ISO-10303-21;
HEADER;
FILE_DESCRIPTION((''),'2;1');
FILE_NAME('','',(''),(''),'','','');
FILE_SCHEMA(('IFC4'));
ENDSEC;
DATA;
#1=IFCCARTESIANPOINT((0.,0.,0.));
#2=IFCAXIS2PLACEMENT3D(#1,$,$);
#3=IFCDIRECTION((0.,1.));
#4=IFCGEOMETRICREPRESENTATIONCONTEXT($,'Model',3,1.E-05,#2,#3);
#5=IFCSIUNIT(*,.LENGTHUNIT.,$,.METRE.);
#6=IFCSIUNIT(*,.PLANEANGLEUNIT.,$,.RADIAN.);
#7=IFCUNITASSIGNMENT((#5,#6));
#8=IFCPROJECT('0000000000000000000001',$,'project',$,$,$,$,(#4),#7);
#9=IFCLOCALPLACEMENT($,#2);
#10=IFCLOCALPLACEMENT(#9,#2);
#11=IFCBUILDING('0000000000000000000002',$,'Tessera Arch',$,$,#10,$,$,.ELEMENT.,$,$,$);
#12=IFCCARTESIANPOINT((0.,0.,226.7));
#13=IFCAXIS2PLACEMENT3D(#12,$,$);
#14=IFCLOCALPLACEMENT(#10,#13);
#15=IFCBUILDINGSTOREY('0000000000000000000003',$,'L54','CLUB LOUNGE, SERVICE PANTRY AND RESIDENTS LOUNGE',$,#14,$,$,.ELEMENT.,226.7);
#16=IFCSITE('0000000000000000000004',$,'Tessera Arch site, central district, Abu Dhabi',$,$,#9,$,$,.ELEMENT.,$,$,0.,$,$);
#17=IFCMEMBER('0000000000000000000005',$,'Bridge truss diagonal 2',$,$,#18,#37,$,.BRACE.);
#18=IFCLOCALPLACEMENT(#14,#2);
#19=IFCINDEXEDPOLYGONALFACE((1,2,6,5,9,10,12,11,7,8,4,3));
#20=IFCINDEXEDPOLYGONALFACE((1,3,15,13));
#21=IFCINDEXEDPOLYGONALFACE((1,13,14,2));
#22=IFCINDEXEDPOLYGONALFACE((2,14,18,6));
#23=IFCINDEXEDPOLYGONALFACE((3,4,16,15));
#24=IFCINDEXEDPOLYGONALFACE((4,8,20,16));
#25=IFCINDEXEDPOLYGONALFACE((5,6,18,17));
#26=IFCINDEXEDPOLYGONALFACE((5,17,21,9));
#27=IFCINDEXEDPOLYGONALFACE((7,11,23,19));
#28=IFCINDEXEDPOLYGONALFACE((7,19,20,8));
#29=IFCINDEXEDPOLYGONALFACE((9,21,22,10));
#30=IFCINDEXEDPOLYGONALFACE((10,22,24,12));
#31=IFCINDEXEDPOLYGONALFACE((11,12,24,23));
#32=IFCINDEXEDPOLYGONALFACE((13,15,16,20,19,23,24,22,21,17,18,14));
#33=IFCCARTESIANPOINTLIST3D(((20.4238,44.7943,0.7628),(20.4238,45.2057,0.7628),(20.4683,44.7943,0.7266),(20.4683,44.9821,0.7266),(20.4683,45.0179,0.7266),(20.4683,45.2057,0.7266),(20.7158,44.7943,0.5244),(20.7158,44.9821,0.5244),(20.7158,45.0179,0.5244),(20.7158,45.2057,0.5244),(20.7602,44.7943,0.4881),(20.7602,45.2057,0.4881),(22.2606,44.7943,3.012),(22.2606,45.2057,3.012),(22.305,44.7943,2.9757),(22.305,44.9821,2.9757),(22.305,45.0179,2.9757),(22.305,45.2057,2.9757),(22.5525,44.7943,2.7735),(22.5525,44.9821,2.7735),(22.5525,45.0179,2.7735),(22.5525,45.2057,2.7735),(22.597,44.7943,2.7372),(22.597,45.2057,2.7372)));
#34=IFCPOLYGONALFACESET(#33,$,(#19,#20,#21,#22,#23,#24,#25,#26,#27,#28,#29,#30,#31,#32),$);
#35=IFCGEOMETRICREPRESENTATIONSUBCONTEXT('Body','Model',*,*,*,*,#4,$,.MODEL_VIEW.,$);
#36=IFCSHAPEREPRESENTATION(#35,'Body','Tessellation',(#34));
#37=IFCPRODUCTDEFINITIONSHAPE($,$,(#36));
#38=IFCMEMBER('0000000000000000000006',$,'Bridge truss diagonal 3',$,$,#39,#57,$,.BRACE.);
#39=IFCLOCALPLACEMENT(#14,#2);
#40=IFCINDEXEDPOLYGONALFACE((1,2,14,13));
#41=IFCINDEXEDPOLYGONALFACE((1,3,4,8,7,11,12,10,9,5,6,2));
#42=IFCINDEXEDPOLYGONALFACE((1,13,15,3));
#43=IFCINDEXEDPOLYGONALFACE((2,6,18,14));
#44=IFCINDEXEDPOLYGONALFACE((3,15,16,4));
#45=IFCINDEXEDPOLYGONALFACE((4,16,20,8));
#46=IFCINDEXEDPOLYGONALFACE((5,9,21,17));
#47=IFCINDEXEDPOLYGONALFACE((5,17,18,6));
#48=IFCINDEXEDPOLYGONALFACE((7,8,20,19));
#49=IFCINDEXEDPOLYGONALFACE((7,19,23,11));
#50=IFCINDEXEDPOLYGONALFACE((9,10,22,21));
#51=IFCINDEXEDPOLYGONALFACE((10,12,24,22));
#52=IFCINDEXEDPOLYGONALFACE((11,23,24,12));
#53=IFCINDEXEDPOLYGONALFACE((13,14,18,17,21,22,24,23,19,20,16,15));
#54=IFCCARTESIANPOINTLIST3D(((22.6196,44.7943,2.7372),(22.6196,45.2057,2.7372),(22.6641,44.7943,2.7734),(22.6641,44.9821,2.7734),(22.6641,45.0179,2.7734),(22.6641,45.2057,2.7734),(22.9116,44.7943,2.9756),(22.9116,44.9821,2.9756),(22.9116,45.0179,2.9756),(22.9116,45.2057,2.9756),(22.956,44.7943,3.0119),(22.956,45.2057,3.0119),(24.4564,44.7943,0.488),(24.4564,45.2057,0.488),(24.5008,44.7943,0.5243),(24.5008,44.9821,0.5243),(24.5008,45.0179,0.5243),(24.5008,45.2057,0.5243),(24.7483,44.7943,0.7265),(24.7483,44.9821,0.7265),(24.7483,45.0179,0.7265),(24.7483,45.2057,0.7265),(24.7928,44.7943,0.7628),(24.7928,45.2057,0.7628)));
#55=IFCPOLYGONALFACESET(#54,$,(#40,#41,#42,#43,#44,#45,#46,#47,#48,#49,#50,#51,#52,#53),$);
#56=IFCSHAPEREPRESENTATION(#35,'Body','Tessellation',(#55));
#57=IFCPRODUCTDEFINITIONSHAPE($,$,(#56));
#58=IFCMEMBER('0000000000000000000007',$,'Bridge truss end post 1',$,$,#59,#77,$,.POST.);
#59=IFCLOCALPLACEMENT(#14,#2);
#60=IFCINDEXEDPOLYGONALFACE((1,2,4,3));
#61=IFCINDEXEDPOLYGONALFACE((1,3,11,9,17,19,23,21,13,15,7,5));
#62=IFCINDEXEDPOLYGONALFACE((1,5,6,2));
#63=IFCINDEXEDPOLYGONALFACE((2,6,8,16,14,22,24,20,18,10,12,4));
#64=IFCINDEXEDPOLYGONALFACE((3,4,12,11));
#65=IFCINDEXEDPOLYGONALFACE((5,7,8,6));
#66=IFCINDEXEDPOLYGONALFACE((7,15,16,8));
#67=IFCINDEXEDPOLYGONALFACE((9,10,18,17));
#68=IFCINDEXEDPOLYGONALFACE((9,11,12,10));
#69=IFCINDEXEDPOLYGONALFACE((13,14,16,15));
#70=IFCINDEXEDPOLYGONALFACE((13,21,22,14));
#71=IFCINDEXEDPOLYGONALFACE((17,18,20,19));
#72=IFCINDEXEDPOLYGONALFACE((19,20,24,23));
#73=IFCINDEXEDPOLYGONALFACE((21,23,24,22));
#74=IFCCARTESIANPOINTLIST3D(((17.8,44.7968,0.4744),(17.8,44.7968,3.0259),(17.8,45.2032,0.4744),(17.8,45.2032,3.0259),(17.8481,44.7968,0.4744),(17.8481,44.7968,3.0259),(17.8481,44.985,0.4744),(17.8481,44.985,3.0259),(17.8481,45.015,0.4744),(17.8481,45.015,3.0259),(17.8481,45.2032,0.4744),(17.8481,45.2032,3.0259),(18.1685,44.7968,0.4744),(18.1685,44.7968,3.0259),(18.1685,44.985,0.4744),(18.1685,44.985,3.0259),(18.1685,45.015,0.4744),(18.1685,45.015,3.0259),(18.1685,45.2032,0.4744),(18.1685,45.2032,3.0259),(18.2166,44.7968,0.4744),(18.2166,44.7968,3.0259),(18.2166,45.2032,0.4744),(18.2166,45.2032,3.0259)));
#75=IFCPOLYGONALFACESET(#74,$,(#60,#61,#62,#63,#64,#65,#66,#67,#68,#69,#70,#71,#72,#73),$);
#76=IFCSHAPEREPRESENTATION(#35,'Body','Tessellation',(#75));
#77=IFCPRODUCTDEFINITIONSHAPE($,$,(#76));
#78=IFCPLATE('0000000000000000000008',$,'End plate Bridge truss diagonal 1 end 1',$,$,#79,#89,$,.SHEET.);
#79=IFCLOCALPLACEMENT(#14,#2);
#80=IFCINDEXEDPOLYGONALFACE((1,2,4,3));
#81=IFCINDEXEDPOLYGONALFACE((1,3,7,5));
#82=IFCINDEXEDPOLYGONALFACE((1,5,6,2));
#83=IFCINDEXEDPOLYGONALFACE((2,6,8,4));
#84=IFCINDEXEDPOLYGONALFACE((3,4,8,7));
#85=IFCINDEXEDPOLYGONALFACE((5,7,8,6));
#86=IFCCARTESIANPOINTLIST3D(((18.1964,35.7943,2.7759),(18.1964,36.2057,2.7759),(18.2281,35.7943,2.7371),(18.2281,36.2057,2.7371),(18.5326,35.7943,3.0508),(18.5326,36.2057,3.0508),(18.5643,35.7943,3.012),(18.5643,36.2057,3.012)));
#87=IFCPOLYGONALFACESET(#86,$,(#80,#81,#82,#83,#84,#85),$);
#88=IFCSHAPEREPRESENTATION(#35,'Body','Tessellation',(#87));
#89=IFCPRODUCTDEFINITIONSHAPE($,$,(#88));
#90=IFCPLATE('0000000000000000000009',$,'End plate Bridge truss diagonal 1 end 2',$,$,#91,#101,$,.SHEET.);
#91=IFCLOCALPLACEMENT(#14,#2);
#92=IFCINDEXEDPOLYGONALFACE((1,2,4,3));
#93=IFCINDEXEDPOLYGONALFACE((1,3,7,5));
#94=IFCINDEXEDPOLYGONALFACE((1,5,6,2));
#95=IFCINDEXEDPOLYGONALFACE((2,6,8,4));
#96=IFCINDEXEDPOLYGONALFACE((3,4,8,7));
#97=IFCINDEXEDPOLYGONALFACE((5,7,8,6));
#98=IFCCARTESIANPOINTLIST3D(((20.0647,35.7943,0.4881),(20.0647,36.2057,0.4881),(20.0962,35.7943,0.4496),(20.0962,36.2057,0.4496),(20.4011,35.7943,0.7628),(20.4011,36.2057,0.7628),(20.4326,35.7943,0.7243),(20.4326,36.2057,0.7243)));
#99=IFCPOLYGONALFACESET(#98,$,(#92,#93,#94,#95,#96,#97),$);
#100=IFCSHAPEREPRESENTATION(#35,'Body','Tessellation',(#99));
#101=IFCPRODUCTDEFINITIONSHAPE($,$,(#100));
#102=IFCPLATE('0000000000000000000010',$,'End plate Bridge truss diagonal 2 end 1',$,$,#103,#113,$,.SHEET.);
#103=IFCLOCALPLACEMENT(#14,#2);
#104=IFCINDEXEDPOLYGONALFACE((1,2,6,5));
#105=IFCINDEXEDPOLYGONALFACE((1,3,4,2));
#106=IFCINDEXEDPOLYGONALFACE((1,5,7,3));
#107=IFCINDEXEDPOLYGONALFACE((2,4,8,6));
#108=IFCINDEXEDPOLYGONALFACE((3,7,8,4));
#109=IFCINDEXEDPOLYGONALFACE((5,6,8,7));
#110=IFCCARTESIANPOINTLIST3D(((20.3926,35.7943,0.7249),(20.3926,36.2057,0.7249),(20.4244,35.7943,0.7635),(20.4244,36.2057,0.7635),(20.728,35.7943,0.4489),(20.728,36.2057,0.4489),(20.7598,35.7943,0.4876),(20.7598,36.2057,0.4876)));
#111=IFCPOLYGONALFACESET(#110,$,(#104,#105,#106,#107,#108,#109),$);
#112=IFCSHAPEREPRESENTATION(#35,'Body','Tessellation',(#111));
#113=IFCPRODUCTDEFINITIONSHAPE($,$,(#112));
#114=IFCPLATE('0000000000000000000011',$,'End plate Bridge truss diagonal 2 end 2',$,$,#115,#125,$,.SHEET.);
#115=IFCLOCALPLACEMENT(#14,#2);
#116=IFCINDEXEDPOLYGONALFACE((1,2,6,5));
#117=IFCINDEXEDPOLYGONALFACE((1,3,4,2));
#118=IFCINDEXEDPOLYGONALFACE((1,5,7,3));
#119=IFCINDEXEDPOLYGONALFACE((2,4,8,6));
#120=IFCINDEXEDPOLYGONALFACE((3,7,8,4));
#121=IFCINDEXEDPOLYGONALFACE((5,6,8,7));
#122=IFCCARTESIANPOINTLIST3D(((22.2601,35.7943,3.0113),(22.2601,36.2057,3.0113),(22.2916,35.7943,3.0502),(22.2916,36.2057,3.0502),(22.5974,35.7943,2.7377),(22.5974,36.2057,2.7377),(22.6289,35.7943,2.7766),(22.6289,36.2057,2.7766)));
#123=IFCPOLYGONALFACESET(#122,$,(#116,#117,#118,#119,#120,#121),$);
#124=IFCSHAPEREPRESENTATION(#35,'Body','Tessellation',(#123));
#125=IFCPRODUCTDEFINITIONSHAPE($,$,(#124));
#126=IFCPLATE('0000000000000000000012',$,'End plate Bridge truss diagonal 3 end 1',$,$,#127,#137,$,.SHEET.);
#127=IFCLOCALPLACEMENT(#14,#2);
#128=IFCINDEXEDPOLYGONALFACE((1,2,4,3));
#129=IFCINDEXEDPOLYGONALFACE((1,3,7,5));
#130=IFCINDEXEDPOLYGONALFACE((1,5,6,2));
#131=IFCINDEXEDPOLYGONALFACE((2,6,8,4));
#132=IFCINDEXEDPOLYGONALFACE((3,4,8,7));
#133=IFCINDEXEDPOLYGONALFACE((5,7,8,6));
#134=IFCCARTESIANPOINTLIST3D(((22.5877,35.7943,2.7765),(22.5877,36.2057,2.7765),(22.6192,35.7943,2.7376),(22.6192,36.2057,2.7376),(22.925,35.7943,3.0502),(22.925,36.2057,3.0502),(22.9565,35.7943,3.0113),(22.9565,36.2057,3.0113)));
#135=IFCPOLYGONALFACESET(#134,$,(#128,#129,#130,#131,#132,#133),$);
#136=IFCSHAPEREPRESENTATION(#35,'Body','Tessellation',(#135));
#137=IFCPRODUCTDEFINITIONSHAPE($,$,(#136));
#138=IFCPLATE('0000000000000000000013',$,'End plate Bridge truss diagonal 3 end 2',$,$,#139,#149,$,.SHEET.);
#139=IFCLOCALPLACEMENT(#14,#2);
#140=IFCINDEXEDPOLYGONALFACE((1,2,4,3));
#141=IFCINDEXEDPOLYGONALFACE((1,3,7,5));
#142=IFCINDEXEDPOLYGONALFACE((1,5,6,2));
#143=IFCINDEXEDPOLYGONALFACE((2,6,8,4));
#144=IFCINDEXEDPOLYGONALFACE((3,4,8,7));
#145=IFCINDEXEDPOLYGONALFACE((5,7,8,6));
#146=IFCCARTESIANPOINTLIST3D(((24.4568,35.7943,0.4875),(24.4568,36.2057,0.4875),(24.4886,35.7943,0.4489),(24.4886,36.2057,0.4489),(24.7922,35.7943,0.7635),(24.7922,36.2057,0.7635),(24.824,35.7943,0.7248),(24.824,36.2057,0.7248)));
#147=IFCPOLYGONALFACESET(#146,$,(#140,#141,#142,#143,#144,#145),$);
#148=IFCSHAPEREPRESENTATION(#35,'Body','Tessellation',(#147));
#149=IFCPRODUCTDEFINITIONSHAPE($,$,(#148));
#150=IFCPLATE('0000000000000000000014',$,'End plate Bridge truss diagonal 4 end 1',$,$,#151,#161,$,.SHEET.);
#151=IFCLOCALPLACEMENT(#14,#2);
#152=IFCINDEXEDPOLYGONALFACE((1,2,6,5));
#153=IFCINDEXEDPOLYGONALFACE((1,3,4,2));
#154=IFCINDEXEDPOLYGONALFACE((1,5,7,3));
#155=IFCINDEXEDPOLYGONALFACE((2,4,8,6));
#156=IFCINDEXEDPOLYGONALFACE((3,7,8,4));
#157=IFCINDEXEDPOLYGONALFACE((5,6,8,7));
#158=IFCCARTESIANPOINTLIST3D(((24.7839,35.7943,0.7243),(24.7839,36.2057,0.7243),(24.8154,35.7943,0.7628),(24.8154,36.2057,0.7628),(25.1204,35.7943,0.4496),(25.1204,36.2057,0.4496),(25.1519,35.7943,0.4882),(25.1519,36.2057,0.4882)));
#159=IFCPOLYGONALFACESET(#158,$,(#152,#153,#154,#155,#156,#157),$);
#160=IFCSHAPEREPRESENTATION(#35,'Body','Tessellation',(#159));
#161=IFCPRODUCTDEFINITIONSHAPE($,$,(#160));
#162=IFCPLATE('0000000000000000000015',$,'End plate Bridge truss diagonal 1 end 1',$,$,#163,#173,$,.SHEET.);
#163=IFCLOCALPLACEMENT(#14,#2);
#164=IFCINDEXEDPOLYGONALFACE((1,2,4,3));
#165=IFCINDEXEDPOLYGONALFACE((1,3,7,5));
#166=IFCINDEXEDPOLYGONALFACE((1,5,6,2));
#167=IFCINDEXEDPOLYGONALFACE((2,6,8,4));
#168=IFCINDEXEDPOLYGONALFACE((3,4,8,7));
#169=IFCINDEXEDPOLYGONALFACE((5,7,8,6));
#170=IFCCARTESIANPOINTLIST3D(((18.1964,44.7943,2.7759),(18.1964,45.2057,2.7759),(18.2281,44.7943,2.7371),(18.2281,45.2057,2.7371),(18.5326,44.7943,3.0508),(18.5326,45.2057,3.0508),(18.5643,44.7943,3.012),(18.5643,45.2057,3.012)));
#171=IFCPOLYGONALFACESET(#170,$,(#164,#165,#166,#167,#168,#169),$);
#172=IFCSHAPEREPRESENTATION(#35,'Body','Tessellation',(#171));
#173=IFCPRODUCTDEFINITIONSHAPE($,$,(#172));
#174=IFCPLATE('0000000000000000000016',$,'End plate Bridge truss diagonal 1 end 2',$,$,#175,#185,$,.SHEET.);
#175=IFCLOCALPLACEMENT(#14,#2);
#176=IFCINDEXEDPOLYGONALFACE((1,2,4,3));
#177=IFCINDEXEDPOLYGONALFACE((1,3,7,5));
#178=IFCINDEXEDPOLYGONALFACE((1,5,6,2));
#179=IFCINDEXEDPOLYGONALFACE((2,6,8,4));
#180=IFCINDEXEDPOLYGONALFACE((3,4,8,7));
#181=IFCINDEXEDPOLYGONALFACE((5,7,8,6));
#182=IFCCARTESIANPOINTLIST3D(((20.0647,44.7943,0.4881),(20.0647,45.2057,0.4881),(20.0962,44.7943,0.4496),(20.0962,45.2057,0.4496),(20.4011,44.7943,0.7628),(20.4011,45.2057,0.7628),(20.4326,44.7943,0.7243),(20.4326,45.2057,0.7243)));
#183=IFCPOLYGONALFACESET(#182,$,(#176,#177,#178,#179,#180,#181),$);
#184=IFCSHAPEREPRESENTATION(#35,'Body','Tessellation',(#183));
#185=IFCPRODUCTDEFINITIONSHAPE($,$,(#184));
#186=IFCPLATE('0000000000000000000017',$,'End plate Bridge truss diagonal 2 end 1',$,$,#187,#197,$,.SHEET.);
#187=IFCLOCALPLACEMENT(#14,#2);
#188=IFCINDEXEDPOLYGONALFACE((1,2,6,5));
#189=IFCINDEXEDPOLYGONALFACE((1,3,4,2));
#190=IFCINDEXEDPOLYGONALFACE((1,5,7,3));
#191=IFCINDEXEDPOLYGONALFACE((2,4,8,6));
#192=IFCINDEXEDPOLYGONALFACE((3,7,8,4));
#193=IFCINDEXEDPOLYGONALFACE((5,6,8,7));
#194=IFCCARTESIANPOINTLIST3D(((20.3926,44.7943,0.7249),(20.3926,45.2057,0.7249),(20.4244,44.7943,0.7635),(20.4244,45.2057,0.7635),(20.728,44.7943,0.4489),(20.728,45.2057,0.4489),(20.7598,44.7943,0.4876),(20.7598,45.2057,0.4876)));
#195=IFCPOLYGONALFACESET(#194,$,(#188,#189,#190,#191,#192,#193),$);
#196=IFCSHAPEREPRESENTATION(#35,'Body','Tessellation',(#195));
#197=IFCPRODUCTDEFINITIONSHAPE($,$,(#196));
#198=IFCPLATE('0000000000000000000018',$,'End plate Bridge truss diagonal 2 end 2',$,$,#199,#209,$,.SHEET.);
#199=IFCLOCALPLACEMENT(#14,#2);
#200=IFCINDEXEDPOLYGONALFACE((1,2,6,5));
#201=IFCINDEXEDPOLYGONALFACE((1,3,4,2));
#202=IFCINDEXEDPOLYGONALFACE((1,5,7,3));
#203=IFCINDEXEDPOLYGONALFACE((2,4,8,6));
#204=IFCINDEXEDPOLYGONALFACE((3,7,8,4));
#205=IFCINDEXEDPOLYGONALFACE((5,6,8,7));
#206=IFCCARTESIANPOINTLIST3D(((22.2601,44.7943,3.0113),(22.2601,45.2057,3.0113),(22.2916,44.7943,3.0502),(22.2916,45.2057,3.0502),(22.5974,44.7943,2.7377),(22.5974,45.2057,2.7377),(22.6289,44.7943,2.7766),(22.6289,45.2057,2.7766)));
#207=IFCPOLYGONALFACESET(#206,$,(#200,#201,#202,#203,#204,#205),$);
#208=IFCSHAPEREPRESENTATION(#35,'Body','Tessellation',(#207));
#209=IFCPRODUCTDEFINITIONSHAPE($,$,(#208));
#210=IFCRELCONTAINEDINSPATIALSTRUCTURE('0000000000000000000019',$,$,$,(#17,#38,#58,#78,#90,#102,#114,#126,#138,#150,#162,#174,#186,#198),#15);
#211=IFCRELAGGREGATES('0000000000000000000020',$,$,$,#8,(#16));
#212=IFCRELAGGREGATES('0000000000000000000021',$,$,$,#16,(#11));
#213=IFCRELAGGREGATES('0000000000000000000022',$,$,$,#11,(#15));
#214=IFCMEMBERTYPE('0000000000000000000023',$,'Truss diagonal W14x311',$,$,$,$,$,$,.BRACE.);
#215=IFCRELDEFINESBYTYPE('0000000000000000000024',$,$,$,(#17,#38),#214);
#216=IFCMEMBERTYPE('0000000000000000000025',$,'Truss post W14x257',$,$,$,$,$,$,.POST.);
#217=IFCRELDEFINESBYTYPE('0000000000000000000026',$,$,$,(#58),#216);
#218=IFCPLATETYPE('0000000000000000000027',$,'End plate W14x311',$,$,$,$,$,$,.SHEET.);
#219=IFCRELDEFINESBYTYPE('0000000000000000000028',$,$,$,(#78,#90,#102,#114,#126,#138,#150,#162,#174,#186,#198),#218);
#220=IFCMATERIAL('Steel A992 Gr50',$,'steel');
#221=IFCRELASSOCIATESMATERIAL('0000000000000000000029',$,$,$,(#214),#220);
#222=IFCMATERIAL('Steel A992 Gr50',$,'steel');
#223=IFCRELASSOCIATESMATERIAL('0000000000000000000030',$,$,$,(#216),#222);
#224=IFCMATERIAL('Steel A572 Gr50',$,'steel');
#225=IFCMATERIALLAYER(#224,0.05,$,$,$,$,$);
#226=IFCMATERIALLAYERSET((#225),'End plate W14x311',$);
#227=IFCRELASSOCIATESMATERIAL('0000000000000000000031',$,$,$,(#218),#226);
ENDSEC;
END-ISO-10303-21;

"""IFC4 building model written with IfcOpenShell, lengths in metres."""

from ifc_helpers import new_model, si_unit, direction, frame, origin, origin_2d, place, context, subcontext, project, spatial, rectangle, i_section, extrude, material, layer, layer_set, material_profile, profile_set, type_object, element, save


model = new_model("IFC4")

# Units and contexts
model_context = context("Model", 3, precision=1e-05, world=origin(), true_north=direction((0.0, 1.0)))
body_context = subcontext(model_context, "Body", "Model", "MODEL_VIEW")
ifc_project = project(units=[si_unit("LENGTHUNIT", "METRE"), si_unit("PLANEANGLEUNIT", "RADIAN")], contexts=[model_context])

# Site, building, storey
site_placement = place(None, origin())
site = spatial("IfcSite", under=ifc_project, at=site_placement, Name="Tessera Arch site, central district, Abu Dhabi", CompositionType="ELEMENT", RefElevation=0.0)
building_placement = place(site_placement, origin())
building = spatial("IfcBuilding", under=site, at=building_placement, Name="Tessera Arch", CompositionType="ELEMENT")
storey_placement = place(building_placement, frame((0.0, 0.0, 226.7)))
storey = spatial("IfcBuildingStorey", under=building, at=storey_placement, Name="L54", Description="CLUB LOUNGE, SERVICE PANTRY AND RESIDENTS LOUNGE", CompositionType="ELEMENT", Elevation=226.7)

# Members
ifc_material_1 = material(Name="Steel A992 Gr50", Category="steel")
ifc_material_profile_1 = material_profile(ifc_material_1, i_section(OverallWidth=0.4114, OverallDepth=0.4343, WebThickness=0.0359, FlangeThickness=0.0574, at=origin_2d()), Name="W14x311")
ifc_profile_set_1 = profile_set([ifc_material_profile_1], Name="Steel A992 Gr50")
member_type_1 = type_object("IfcMemberType", Name="Truss diagonal W14x311", PredefinedType="BRACE", material=ifc_profile_set_1)
for number, where, z_axis, x_axis, name in (
    (1, (20.592, 45.0, 0.6255), (0.632528, 0.0, 0.774538), (0.0, 1.0, 0.0), "Bridge truss diagonal 2"),
    (2, (22.7878, 45.0, 2.8745), (0.632528, 0.0, -0.774538), (0.0, 1.0, 0.0), "Bridge truss diagonal 3"),
):
    element("IfcMember", number, at=place(storey_placement, frame(where, z_axis=z_axis, x_axis=x_axis)), inside=storey, type_object=member_type_1, Name=name, PredefinedType="BRACE", context=body_context, shape_type="SweptSolid", body=[
        extrude(i_section(OverallWidth=0.4114, OverallDepth=0.4343, WebThickness=0.0359, FlangeThickness=0.0574, at=origin_2d()), origin(), (0.0, 0.0, 1.0), 2.9038),
    ])
ifc_material_2 = material(Name="Steel A992 Gr50", Category="steel")
ifc_material_profile_2 = material_profile(ifc_material_2, i_section(OverallWidth=0.4065, OverallDepth=0.4165, WebThickness=0.03, FlangeThickness=0.0481, at=origin_2d()), Name="W14x257")
ifc_profile_set_2 = profile_set([ifc_material_profile_2], Name="Steel A992 Gr50")
member_type_2 = type_object("IfcMemberType", Name="Truss post W14x257", PredefinedType="POST", material=ifc_profile_set_2)
member_1_placement = place(storey_placement, frame((18.0083, 45.0, 0.4744), z_axis=(0.0, 0.0, 1.0), x_axis=(0.0, 1.0, 0.0)))
element("IfcMember", 3, at=member_1_placement, inside=storey, type_object=member_type_2, Name="Bridge truss end post 1", PredefinedType="POST", context=body_context, shape_type="SweptSolid", body=[
    extrude(i_section(OverallWidth=0.4065, OverallDepth=0.4165, WebThickness=0.03, FlangeThickness=0.0481, at=origin_2d()), origin(), (0.0, 0.0, 1.0), 2.5515),
])

# Plates
ifc_material_3 = material(Name="Steel A572 Gr50", Category="steel")
ifc_layer_1 = layer(ifc_material_3, 0.05)
ifc_layer_set_1 = layer_set([ifc_layer_1], Name="End plate W14x311")
plate_type = type_object("IfcPlateType", Name="End plate W14x311", PredefinedType="SHEET", material=ifc_layer_set_1)
plate_1_placement = place(storey_placement, frame((18.3645, 36.0, 2.9133), z_axis=(0.632973, 0.0, -0.774174), x_axis=(0.0, 1.0, 0.0)))
element("IfcPlate", 4, at=plate_1_placement, inside=storey, type_object=plate_type, Name="End plate Bridge truss diagonal 1 end 1", PredefinedType="SHEET", context=body_context, shape_type="SweptSolid", body=[
    extrude(rectangle(XDim=0.4114, YDim=0.4343, at=origin_2d()), origin(), (0.0, 0.0, 1.0), 0.05),
])
plate_2_placement = place(storey_placement, frame((20.2329, 36.0, 0.6255), z_axis=(0.632437, 0.0, -0.774612), x_axis=(0.0, 1.0, 0.0)))
element("IfcPlate", 5, at=plate_2_placement, inside=storey, type_object=plate_type, Name="End plate Bridge truss diagonal 1 end 2", PredefinedType="SHEET", context=body_context, shape_type="SweptSolid", body=[
    extrude(rectangle(XDim=0.4114, YDim=0.4343, at=origin_2d()), origin(), (0.0, 0.0, 1.0), 0.0498),
])
for number, where, z_axis, x_axis, name in (
    (6, (20.5603, 36.0, 0.5869), (0.635365, 0.0, 0.772212), (0.0, 1.0, 0.0), "End plate Bridge truss diagonal 2 end 1"),
    (7, (22.4287, 36.0, 2.8745), (0.630041, 0.0, 0.776562), (0.0, 1.0, 0.0), "End plate Bridge truss diagonal 2 end 2"),
    (8, (22.7563, 36.0, 2.9133), (0.630041, 0.0, -0.776562), (0.0, 1.0, 0.0), "End plate Bridge truss diagonal 3 end 1"),
    (9, (24.6245, 36.0, 0.6255), (0.635365, 0.0, -0.772212), (0.0, 1.0, 0.0), "End plate Bridge truss diagonal 3 end 2"),
):
    element("IfcPlate", number, at=place(storey_placement, frame(where, z_axis=z_axis, x_axis=x_axis)), inside=storey, type_object=plate_type, Name=name, PredefinedType="SHEET", context=body_context, shape_type="SweptSolid", body=[
        extrude(rectangle(XDim=0.4114, YDim=0.4343, at=origin_2d()), origin(), (0.0, 0.0, 1.0), 0.05),
    ])
plate_3_placement = place(storey_placement, frame((24.9521, 36.0, 0.5869), z_axis=(0.632437, 0.0, 0.774612), x_axis=(0.0, 1.0, 0.0)))
element("IfcPlate", 10, at=plate_3_placement, inside=storey, type_object=plate_type, Name="End plate Bridge truss diagonal 4 end 1", PredefinedType="SHEET", context=body_context, shape_type="SweptSolid", body=[
    extrude(rectangle(XDim=0.4114, YDim=0.4343, at=origin_2d()), origin(), (0.0, 0.0, 1.0), 0.0498),
])
plate_4_placement = place(storey_placement, frame((18.3645, 45.0, 2.9133), z_axis=(0.632973, 0.0, -0.774174), x_axis=(0.0, 1.0, 0.0)))
element("IfcPlate", 11, at=plate_4_placement, inside=storey, type_object=plate_type, Name="End plate Bridge truss diagonal 1 end 1", PredefinedType="SHEET", context=body_context, shape_type="SweptSolid", body=[
    extrude(rectangle(XDim=0.4114, YDim=0.4343, at=origin_2d()), origin(), (0.0, 0.0, 1.0), 0.05),
])
plate_5_placement = place(storey_placement, frame((20.2329, 45.0, 0.6255), z_axis=(0.632437, 0.0, -0.774612), x_axis=(0.0, 1.0, 0.0)))
element("IfcPlate", 12, at=plate_5_placement, inside=storey, type_object=plate_type, Name="End plate Bridge truss diagonal 1 end 2", PredefinedType="SHEET", context=body_context, shape_type="SweptSolid", body=[
    extrude(rectangle(XDim=0.4114, YDim=0.4343, at=origin_2d()), origin(), (0.0, 0.0, 1.0), 0.0498),
])
for number, where, z_axis, x_axis, name in (
    (13, (20.5603, 45.0, 0.5869), (0.635365, 0.0, 0.772212), (0.0, 1.0, 0.0), "End plate Bridge truss diagonal 2 end 1"),
    (14, (22.4287, 45.0, 2.8745), (0.630041, 0.0, 0.776562), (0.0, 1.0, 0.0), "End plate Bridge truss diagonal 2 end 2"),
):
    element("IfcPlate", number, at=place(storey_placement, frame(where, z_axis=z_axis, x_axis=x_axis)), inside=storey, type_object=plate_type, Name=name, PredefinedType="SHEET", context=body_context, shape_type="SweptSolid", body=[
        extrude(rectangle(XDim=0.4114, YDim=0.4343, at=origin_2d()), origin(), (0.0, 0.0, 1.0), 0.05),
    ])

save(model, "model.ifc")
